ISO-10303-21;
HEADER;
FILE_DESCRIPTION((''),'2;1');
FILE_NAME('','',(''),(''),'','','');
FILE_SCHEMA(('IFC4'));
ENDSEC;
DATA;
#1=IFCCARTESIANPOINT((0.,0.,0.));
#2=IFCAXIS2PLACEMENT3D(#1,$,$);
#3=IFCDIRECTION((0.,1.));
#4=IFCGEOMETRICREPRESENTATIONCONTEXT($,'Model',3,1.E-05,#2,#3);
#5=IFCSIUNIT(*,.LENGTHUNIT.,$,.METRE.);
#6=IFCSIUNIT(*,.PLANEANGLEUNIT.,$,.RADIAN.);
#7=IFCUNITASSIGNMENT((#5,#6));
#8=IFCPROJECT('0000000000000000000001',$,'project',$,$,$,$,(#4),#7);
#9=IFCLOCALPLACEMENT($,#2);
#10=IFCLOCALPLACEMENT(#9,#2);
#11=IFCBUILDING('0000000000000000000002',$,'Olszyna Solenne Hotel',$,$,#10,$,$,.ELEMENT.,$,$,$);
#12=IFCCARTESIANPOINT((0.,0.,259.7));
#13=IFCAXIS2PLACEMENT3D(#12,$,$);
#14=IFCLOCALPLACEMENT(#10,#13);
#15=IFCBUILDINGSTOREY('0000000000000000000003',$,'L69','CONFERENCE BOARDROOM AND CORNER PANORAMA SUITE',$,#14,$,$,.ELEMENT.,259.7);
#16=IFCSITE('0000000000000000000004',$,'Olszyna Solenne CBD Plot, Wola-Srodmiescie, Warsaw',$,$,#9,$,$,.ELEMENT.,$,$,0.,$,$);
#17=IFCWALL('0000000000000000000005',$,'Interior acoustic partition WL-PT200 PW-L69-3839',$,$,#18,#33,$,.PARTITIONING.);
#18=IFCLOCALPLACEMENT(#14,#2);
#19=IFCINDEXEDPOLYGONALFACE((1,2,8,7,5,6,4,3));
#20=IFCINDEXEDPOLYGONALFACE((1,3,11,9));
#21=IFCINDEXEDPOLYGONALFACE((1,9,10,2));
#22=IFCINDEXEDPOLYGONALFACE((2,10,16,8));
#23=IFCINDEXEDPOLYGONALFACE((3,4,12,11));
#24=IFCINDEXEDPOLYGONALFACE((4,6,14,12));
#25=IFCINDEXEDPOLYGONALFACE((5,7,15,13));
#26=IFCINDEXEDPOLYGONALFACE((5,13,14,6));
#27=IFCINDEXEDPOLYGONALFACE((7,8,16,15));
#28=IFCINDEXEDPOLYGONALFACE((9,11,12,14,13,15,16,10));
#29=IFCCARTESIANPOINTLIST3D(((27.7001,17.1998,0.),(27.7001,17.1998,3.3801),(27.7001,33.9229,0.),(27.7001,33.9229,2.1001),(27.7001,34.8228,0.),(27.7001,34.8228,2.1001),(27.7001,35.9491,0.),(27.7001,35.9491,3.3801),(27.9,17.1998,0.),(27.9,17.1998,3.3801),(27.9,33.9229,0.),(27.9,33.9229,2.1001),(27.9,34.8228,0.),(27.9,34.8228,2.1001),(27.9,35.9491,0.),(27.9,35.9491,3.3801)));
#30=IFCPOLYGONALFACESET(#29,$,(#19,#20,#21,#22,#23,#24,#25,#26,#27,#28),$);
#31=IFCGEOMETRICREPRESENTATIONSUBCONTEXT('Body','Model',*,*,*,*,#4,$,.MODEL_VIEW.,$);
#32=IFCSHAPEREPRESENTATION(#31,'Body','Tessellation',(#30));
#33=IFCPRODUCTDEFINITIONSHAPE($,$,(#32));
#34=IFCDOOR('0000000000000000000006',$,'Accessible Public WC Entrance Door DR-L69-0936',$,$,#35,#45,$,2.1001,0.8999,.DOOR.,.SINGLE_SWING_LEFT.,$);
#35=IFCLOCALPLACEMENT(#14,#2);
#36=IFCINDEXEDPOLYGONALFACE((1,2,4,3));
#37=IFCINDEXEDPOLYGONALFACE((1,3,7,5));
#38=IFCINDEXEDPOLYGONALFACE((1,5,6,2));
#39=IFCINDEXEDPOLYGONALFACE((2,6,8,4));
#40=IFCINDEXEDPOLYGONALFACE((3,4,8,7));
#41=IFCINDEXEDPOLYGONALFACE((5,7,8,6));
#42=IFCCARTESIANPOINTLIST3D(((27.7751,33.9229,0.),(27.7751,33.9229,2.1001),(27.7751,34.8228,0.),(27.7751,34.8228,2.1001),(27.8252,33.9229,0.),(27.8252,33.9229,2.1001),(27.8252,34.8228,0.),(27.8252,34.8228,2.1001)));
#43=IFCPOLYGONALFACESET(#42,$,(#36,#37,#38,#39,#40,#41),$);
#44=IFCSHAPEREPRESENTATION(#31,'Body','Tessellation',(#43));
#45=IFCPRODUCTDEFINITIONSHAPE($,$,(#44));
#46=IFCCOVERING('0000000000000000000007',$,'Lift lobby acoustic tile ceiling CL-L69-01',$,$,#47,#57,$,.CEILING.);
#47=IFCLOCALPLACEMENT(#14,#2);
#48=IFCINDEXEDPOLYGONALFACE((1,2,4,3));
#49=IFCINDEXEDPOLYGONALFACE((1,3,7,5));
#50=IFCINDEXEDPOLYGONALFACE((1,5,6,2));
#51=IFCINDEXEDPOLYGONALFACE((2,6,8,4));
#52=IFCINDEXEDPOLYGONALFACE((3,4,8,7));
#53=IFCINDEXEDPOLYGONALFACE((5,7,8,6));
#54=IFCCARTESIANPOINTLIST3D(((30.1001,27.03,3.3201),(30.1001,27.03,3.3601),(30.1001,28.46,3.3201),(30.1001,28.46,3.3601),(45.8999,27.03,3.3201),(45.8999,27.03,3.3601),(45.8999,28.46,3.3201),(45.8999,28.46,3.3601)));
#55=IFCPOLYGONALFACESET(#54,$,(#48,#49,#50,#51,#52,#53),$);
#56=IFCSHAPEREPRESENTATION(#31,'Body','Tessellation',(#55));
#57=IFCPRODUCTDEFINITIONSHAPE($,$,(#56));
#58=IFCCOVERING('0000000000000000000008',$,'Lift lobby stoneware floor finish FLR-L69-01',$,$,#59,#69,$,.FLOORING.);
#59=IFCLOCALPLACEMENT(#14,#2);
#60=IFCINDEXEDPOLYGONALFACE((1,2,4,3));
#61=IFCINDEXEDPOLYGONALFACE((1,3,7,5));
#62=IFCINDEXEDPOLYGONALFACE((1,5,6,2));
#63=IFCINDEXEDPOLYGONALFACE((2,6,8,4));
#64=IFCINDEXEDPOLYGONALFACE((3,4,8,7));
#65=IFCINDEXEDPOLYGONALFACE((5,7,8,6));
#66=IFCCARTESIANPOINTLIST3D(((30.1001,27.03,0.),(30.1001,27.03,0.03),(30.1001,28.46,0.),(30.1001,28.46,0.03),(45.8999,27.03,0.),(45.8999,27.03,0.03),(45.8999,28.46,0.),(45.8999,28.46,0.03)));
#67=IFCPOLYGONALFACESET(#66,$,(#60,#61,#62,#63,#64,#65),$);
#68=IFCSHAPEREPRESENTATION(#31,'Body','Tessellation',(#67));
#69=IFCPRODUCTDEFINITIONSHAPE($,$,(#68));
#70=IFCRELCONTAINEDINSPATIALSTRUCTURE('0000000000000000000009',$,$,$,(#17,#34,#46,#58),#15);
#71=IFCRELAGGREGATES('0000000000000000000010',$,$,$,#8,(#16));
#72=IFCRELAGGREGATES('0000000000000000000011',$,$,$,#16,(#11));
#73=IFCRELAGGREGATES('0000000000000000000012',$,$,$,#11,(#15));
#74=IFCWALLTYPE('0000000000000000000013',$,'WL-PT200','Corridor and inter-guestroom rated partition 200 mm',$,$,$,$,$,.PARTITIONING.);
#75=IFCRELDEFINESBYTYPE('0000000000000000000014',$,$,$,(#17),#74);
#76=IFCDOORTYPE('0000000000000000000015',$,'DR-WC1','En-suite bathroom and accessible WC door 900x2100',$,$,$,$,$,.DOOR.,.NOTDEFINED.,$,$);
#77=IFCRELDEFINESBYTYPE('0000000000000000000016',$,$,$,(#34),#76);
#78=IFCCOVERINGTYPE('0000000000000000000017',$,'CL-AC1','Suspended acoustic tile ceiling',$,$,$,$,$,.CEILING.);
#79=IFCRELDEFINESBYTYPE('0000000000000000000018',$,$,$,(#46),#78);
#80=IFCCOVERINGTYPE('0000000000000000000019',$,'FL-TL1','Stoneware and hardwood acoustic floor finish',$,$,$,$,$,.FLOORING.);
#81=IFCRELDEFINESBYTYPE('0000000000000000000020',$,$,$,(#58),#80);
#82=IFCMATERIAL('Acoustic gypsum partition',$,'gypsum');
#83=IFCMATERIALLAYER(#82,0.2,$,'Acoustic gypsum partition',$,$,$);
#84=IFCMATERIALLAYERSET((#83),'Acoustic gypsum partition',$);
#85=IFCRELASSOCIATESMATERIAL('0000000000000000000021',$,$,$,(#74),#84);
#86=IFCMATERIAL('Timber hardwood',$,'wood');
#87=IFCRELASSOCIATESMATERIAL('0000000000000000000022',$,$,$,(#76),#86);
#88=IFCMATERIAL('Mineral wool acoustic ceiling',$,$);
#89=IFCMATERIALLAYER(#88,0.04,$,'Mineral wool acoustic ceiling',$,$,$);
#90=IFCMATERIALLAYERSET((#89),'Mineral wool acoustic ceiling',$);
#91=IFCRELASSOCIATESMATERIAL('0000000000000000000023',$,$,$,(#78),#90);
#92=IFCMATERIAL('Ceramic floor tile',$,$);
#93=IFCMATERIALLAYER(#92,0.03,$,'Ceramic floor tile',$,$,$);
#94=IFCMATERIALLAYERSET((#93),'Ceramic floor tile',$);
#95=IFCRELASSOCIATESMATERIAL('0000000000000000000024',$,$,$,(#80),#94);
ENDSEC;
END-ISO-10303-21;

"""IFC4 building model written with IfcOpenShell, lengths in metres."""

from ifc_helpers import new_model, si_unit, direction, frame, frame_2d, origin, place, context, subcontext, project, spatial, polyline, rectangle, outline, extrude, source, transform, mapped, material, layer, layer_set, type_object, type_shapes, element, fill, save


model = new_model("IFC4")

# Units and contexts
model_context = context("Model", 3, precision=1e-05, world=origin(), true_north=direction((0.0, 1.0)))
body_context = subcontext(model_context, "Body", "Model", "MODEL_VIEW")
ifc_project = project(units=[si_unit("LENGTHUNIT", "METRE"), si_unit("PLANEANGLEUNIT", "RADIAN")], contexts=[model_context])

# Site, building, storey
site_placement = place(None, origin())
site = spatial("IfcSite", under=ifc_project, at=site_placement, Name="Olszyna Solenne CBD Plot, Wola-Srodmiescie, Warsaw", CompositionType="ELEMENT", RefElevation=0.0)
building_placement = place(site_placement, origin())
building = spatial("IfcBuilding", under=site, at=building_placement, Name="Olszyna Solenne Hotel", CompositionType="ELEMENT")
storey_placement = place(building_placement, frame((0.0, 0.0, 259.7)))
storey = spatial("IfcBuildingStorey", under=building, at=storey_placement, Name="L69", Description="CONFERENCE BOARDROOM AND CORNER PANORAMA SUITE", CompositionType="ELEMENT", Elevation=259.7)

# Shared definitions
ifc_material_1 = material(Name="Timber hardwood", Category="wood")

# Shared definitions
ifc_material_2 = material(Name="Acoustic gypsum partition", Category="gypsum")
ifc_layer_1 = layer(ifc_material_2, 0.2, Name="Acoustic gypsum partition")
ifc_layer_set_1 = layer_set([ifc_layer_1], Name="Acoustic gypsum partition")
wall_type_1 = type_object("IfcWallType", Name="WL-PT200", Description="Corridor and inter-guestroom rated partition 200 mm", PredefinedType="PARTITIONING", material=ifc_layer_set_1)

# Wall, opening, door
wall_1_placement = place(storey_placement, frame((27.8, 17.2, 0.0), z_axis=(0.0, 0.0, 1.0), x_axis=(0.0, 1.0, 0.0)))
wall_1 = element("IfcWall", 1, at=wall_1_placement, inside=storey, type_object=wall_type_1, Name="Interior acoustic partition WL-PT200 PW-L69-3839", PredefinedType="PARTITIONING", context=body_context, shape_type="SweptSolid", body=[
    extrude(rectangle(XDim=18.7493, YDim=0.2, at=frame_2d((9.3745, 0.0))), origin(), (0.0, 0.0, 1.0), 3.3801),
])
opening_1_placement = place(wall_1_placement, frame((16.7229, 0.0, 0.0)))
opening_1 = element("IfcOpeningElement", 2, at=opening_1_placement, cuts=wall_1, PredefinedType="OPENING", context=body_context, shape_type="SweptSolid", body=[
    extrude(rectangle(XDim=0.8999, YDim=2.1001, at=frame_2d((0.45, 1.05))), frame((0.0, 0.1099, 0.0), z_axis=(0.0, -1.0, 0.0), x_axis=(1.0, 0.0, 0.0)), (0.0, 0.0, 1.0), 0.22),
])
door_type_1 = type_object("IfcDoorType", Name="DR-WC1", Description="En-suite bathroom and accessible WC door 900x2100", OperationType="NOTDEFINED", PredefinedType="DOOR", material=ifc_material_1)
shared_shape_1 = source(origin(), body_context, "Body", "SweptSolid", [
    extrude(rectangle(XDim=0.8999, YDim=2.1001, at=frame_2d((0.45, 1.05))), frame((0.0, 0.0249, 0.0), z_axis=(0.0, -1.0, 0.0), x_axis=(1.0, 0.0, 0.0)), (0.0, 0.0, 1.0), 0.05),
])
type_shapes(door_type_1, [shared_shape_1])
door_1_placement = place(opening_1_placement, origin())
door_1 = element("IfcDoor", 3, at=door_1_placement, inside=storey, type_object=door_type_1, Name="Accessible Public WC Entrance Door DR-L69-0936", OperationType="SINGLE_SWING_LEFT", OverallHeight=2.1001, OverallWidth=0.8999, PredefinedType="DOOR", context=body_context, shape_type="MappedRepresentation", body=[
    mapped(shared_shape_1, transform((0.0, 0.0, 0.0), x_axis=(1.0, 0.0, 0.0), y_axis=(0.0, 1.0, 0.0), z_axis=(0.0, 0.0, 1.0), scale=1.0)),
])
fill(opening_1, door_1)

# Coverings
ifc_material_3 = material(Name="Mineral wool acoustic ceiling")
ifc_layer_2 = layer(ifc_material_3, 0.04, Name="Mineral wool acoustic ceiling")
ifc_layer_set_2 = layer_set([ifc_layer_2], Name="Mineral wool acoustic ceiling")
covering_type_1 = type_object("IfcCoveringType", Name="CL-AC1", Description="Suspended acoustic tile ceiling", PredefinedType="CEILING", material=ifc_layer_set_2)
covering_1_placement = place(storey_placement, frame((0.0, 0.0, 3.3201)))
element("IfcCovering", 4, at=covering_1_placement, inside=storey, type_object=covering_type_1, Name="Lift lobby acoustic tile ceiling CL-L69-01", PredefinedType="CEILING", context=body_context, shape_type="SweptSolid", body=[
    extrude(outline(polyline([(30.1001, 27.03), (45.8999, 27.03), (45.8999, 28.46), (30.1001, 28.46), (30.1001, 27.03)])), origin(), (0.0, 0.0, 1.0), 0.04),
])
ifc_material_4 = material(Name="Ceramic floor tile")
ifc_layer_3 = layer(ifc_material_4, 0.03, Name="Ceramic floor tile")
ifc_layer_set_3 = layer_set([ifc_layer_3], Name="Ceramic floor tile")
covering_type_2 = type_object("IfcCoveringType", Name="FL-TL1", Description="Stoneware and hardwood acoustic floor finish", PredefinedType="FLOORING", material=ifc_layer_set_3)
covering_2_placement = place(storey_placement, origin())
element("IfcCovering", 5, at=covering_2_placement, inside=storey, type_object=covering_type_2, Name="Lift lobby stoneware floor finish FLR-L69-01", PredefinedType="FLOORING", context=body_context, shape_type="SweptSolid", body=[
    extrude(outline(polyline([(30.1001, 27.03), (45.8999, 27.03), (45.8999, 28.46), (30.1001, 28.46), (30.1001, 27.03)])), origin(), (0.0, 0.0, 1.0), 0.03),
])

save(model, "model.ifc")
